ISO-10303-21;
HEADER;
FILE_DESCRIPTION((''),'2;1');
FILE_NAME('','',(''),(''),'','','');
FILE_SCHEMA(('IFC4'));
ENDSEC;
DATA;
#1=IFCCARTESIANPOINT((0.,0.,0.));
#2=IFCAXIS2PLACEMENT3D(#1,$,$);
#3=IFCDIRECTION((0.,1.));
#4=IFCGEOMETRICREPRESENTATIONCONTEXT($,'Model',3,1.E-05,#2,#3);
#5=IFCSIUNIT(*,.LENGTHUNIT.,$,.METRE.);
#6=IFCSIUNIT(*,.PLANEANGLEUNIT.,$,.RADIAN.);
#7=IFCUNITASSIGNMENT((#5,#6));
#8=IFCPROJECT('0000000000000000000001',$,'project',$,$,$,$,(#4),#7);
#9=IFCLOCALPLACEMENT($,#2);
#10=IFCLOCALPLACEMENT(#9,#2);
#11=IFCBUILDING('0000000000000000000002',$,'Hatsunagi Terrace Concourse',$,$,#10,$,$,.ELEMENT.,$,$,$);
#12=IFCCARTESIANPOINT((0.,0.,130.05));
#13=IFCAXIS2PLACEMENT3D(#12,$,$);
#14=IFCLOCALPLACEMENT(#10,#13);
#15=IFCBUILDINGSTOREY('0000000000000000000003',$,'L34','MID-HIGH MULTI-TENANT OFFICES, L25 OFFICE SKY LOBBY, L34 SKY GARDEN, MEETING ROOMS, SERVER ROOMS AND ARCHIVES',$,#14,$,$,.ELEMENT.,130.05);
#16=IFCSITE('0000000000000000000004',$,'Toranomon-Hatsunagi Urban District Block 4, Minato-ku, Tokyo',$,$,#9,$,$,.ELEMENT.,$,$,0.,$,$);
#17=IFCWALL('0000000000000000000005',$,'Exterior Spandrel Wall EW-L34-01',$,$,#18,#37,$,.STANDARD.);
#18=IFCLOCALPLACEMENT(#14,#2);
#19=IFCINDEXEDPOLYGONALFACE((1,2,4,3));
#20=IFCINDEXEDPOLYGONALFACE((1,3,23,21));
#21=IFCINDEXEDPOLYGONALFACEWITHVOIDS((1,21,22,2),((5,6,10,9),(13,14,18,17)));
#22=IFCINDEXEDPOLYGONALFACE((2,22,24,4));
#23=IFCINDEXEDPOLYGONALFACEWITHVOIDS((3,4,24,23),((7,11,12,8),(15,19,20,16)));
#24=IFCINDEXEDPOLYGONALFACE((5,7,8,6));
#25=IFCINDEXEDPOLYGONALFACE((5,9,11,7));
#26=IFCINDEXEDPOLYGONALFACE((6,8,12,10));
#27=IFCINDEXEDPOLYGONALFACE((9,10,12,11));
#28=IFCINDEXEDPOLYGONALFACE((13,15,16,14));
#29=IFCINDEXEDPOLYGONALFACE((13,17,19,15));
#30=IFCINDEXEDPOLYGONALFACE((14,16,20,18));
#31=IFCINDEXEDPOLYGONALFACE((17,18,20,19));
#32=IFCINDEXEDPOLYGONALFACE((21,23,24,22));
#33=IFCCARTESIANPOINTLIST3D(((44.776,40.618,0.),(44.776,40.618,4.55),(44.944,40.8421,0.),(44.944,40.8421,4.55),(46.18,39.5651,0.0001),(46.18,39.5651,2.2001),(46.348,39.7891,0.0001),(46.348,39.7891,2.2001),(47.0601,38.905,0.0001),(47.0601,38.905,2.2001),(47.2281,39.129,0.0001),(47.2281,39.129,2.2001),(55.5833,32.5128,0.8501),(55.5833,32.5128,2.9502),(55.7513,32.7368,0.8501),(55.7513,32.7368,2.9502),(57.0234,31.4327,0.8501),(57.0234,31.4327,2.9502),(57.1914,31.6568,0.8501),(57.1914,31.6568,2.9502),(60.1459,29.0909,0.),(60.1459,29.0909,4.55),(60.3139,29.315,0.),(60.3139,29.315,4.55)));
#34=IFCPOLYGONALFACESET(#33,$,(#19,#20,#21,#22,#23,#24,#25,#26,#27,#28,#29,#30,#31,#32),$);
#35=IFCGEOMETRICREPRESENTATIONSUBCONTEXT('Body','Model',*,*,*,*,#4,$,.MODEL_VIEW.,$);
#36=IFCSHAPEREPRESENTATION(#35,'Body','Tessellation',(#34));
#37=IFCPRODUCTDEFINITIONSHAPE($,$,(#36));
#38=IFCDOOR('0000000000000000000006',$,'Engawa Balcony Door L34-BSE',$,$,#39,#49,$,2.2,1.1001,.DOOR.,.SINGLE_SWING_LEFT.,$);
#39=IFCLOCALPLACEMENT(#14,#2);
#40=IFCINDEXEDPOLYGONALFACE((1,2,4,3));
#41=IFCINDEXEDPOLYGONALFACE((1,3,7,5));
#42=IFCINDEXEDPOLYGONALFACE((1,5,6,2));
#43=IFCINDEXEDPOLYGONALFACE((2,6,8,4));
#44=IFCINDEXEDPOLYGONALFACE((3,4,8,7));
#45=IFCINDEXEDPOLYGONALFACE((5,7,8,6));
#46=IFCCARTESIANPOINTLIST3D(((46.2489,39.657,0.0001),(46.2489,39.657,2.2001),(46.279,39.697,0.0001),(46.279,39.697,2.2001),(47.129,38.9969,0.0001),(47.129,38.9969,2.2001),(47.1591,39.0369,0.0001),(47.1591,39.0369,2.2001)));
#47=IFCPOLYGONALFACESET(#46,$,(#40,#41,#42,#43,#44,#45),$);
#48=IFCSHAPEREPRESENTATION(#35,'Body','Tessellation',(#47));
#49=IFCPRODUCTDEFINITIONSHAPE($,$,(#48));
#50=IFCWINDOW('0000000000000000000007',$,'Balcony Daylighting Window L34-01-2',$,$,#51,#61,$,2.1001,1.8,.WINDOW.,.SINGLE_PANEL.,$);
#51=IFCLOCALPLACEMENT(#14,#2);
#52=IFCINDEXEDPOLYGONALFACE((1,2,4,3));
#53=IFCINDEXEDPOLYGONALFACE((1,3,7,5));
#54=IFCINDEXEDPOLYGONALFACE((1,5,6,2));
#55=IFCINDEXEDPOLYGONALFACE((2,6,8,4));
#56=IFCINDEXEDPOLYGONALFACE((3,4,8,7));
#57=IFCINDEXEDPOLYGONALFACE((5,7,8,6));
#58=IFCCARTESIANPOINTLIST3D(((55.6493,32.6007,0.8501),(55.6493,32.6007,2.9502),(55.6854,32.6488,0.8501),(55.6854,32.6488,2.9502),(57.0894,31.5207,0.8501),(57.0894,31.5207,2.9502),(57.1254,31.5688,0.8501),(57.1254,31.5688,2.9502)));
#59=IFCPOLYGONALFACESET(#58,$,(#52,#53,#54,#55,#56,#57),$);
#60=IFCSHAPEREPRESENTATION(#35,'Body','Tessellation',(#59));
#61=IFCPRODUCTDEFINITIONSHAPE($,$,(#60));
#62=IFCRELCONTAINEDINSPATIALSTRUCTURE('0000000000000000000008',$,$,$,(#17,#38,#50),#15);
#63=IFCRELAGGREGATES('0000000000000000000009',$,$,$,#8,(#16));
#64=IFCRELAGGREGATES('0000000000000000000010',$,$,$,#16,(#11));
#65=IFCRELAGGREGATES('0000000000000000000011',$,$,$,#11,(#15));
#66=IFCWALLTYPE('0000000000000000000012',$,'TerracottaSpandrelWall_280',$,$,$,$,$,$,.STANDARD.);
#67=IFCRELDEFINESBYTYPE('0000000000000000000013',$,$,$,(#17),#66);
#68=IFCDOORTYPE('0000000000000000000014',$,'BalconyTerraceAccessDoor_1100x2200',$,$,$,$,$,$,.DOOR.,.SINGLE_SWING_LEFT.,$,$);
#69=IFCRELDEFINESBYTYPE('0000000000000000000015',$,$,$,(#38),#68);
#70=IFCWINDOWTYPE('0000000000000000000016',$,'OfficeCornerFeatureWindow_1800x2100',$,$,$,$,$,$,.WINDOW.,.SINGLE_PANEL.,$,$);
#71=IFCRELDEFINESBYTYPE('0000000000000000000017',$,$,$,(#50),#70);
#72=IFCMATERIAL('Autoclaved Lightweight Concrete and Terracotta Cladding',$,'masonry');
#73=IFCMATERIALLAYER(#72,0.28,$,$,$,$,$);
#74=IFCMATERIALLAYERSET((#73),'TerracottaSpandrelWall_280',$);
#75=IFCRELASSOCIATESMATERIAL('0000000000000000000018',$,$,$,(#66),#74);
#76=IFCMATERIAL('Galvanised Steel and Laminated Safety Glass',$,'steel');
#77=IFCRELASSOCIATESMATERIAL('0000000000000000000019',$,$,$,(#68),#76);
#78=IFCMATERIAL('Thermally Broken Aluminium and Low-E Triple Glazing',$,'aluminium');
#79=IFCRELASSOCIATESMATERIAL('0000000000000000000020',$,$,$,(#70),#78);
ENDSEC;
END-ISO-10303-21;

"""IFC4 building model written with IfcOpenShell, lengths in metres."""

from ifc_helpers import new_model, si_unit, direction, frame, frame_2d, origin, place, context, subcontext, project, spatial, rectangle, extrude, material, layer, layer_set, type_object, element, fill, save


model = new_model("IFC4")

# Units and contexts
model_context = context("Model", 3, precision=1e-05, world=origin(), true_north=direction((0.0, 1.0)))
body_context = subcontext(model_context, "Body", "Model", "MODEL_VIEW")
ifc_project = project(units=[si_unit("LENGTHUNIT", "METRE"), si_unit("PLANEANGLEUNIT", "RADIAN")], contexts=[model_context])

# Site, building, storey
site_placement = place(None, origin())
site = spatial("IfcSite", under=ifc_project, at=site_placement, Name="Toranomon-Hatsunagi Urban District Block 4, Minato-ku, Tokyo", CompositionType="ELEMENT", RefElevation=0.0)
building_placement = place(site_placement, origin())
building = spatial("IfcBuilding", under=site, at=building_placement, Name="Hatsunagi Terrace Concourse", CompositionType="ELEMENT")
storey_placement = place(building_placement, frame((0.0, 0.0, 130.05)))
storey = spatial("IfcBuildingStorey", under=building, at=storey_placement, Name="L34", Description="MID-HIGH MULTI-TENANT OFFICES, L25 OFFICE SKY LOBBY, L34 SKY GARDEN, MEETING ROOMS, SERVER ROOMS AND ARCHIVES", CompositionType="ELEMENT", Elevation=130.05)

# Wall, openings, door, window
ifc_material_1 = material(Name="Autoclaved Lightweight Concrete and Terracotta Cladding", Category="masonry")
ifc_layer_1 = layer(ifc_material_1, 0.28)
ifc_layer_set_1 = layer_set([ifc_layer_1], Name="TerracottaSpandrelWall_280")
wall_type = type_object("IfcWallType", Name="TerracottaSpandrelWall_280", PredefinedType="STANDARD", material=ifc_layer_set_1)
wall_placement = place(storey_placement, frame((44.8601, 40.73, 0.0), z_axis=(0.0, 0.0, 1.0), x_axis=(0.800008, -0.59999, 0.0)))
wall = element("IfcWall", 1, at=wall_placement, inside=storey, type_object=wall_type, Name="Exterior Spandrel Wall EW-L34-01", PredefinedType="STANDARD", context=body_context, shape_type="SweptSolid", body=[
    extrude(rectangle(XDim=19.2122, YDim=0.28, at=frame_2d((9.606, 0.0))), origin(), (0.0, 0.0, 1.0), 4.55),
])
opening_1_placement = place(wall_placement, frame((1.7549, 0.0, 0.0)))
opening_1 = element("IfcOpeningElement", 2, at=opening_1_placement, cuts=wall, PredefinedType="OPENING", context=body_context, shape_type="SweptSolid", body=[
    extrude(rectangle(XDim=1.1001, YDim=2.2, at=frame_2d((0.55, 1.1001))), frame((0.0, 0.1499, 0.0), z_axis=(0.0, -1.0, 0.0), x_axis=(1.0, 0.0, 0.0)), (0.0, 0.0, 1.0), 0.3),
])
opening_2_placement = place(wall_placement, frame((13.509, 0.0, 0.8501)))
opening_2 = element("IfcOpeningElement", 3, at=opening_2_placement, cuts=wall, PredefinedType="OPENING", context=body_context, shape_type="SweptSolid", body=[
    extrude(rectangle(XDim=1.8, YDim=2.1001, at=frame_2d((0.8999, 1.05))), frame((0.0, 0.1499, 0.0), z_axis=(0.0, -1.0, 0.0), x_axis=(1.0, 0.0, 0.0)), (0.0, 0.0, 1.0), 0.3),
])
ifc_material_2 = material(Name="Galvanised Steel and Laminated Safety Glass", Category="steel")
door_type = type_object("IfcDoorType", Name="BalconyTerraceAccessDoor_1100x2200", OperationType="SINGLE_SWING_LEFT", PredefinedType="DOOR", material=ifc_material_2)
door_placement = place(opening_1_placement, origin())
door = element("IfcDoor", 4, at=door_placement, inside=storey, type_object=door_type, Name="Engawa Balcony Door L34-BSE", OperationType="SINGLE_SWING_LEFT", OverallHeight=2.2, OverallWidth=1.1001, PredefinedType="DOOR", context=body_context, shape_type="SweptSolid", body=[
    extrude(rectangle(XDim=1.1001, YDim=2.2, at=frame_2d((0.55, 1.1001))), frame((0.0, 0.0249, 0.0), z_axis=(0.0, -1.0, 0.0), x_axis=(1.0, 0.0, 0.0)), (0.0, 0.0, 1.0), 0.05),
])
fill(opening_1, door)
ifc_material_3 = material(Name="Thermally Broken Aluminium and Low-E Triple Glazing", Category="aluminium")
window_type = type_object("IfcWindowType", Name="OfficeCornerFeatureWindow_1800x2100", PartitioningType="SINGLE_PANEL", PredefinedType="WINDOW", material=ifc_material_3)
window_placement = place(opening_2_placement, origin())
window = element("IfcWindow", 5, at=window_placement, inside=storey, type_object=window_type, Name="Balcony Daylighting Window L34-01-2", OverallHeight=2.1001, OverallWidth=1.8, PartitioningType="SINGLE_PANEL", PredefinedType="WINDOW", context=body_context, shape_type="SweptSolid", body=[
    extrude(rectangle(XDim=1.8, YDim=2.1001, at=frame_2d((0.8999, 1.05))), frame((0.0, 0.03, 0.0), z_axis=(0.0, -1.0, 0.0), x_axis=(1.0, 0.0, 0.0)), (0.0, 0.0, 1.0), 0.0601),
])
fill(opening_2, window)

save(model, "model.ifc")
